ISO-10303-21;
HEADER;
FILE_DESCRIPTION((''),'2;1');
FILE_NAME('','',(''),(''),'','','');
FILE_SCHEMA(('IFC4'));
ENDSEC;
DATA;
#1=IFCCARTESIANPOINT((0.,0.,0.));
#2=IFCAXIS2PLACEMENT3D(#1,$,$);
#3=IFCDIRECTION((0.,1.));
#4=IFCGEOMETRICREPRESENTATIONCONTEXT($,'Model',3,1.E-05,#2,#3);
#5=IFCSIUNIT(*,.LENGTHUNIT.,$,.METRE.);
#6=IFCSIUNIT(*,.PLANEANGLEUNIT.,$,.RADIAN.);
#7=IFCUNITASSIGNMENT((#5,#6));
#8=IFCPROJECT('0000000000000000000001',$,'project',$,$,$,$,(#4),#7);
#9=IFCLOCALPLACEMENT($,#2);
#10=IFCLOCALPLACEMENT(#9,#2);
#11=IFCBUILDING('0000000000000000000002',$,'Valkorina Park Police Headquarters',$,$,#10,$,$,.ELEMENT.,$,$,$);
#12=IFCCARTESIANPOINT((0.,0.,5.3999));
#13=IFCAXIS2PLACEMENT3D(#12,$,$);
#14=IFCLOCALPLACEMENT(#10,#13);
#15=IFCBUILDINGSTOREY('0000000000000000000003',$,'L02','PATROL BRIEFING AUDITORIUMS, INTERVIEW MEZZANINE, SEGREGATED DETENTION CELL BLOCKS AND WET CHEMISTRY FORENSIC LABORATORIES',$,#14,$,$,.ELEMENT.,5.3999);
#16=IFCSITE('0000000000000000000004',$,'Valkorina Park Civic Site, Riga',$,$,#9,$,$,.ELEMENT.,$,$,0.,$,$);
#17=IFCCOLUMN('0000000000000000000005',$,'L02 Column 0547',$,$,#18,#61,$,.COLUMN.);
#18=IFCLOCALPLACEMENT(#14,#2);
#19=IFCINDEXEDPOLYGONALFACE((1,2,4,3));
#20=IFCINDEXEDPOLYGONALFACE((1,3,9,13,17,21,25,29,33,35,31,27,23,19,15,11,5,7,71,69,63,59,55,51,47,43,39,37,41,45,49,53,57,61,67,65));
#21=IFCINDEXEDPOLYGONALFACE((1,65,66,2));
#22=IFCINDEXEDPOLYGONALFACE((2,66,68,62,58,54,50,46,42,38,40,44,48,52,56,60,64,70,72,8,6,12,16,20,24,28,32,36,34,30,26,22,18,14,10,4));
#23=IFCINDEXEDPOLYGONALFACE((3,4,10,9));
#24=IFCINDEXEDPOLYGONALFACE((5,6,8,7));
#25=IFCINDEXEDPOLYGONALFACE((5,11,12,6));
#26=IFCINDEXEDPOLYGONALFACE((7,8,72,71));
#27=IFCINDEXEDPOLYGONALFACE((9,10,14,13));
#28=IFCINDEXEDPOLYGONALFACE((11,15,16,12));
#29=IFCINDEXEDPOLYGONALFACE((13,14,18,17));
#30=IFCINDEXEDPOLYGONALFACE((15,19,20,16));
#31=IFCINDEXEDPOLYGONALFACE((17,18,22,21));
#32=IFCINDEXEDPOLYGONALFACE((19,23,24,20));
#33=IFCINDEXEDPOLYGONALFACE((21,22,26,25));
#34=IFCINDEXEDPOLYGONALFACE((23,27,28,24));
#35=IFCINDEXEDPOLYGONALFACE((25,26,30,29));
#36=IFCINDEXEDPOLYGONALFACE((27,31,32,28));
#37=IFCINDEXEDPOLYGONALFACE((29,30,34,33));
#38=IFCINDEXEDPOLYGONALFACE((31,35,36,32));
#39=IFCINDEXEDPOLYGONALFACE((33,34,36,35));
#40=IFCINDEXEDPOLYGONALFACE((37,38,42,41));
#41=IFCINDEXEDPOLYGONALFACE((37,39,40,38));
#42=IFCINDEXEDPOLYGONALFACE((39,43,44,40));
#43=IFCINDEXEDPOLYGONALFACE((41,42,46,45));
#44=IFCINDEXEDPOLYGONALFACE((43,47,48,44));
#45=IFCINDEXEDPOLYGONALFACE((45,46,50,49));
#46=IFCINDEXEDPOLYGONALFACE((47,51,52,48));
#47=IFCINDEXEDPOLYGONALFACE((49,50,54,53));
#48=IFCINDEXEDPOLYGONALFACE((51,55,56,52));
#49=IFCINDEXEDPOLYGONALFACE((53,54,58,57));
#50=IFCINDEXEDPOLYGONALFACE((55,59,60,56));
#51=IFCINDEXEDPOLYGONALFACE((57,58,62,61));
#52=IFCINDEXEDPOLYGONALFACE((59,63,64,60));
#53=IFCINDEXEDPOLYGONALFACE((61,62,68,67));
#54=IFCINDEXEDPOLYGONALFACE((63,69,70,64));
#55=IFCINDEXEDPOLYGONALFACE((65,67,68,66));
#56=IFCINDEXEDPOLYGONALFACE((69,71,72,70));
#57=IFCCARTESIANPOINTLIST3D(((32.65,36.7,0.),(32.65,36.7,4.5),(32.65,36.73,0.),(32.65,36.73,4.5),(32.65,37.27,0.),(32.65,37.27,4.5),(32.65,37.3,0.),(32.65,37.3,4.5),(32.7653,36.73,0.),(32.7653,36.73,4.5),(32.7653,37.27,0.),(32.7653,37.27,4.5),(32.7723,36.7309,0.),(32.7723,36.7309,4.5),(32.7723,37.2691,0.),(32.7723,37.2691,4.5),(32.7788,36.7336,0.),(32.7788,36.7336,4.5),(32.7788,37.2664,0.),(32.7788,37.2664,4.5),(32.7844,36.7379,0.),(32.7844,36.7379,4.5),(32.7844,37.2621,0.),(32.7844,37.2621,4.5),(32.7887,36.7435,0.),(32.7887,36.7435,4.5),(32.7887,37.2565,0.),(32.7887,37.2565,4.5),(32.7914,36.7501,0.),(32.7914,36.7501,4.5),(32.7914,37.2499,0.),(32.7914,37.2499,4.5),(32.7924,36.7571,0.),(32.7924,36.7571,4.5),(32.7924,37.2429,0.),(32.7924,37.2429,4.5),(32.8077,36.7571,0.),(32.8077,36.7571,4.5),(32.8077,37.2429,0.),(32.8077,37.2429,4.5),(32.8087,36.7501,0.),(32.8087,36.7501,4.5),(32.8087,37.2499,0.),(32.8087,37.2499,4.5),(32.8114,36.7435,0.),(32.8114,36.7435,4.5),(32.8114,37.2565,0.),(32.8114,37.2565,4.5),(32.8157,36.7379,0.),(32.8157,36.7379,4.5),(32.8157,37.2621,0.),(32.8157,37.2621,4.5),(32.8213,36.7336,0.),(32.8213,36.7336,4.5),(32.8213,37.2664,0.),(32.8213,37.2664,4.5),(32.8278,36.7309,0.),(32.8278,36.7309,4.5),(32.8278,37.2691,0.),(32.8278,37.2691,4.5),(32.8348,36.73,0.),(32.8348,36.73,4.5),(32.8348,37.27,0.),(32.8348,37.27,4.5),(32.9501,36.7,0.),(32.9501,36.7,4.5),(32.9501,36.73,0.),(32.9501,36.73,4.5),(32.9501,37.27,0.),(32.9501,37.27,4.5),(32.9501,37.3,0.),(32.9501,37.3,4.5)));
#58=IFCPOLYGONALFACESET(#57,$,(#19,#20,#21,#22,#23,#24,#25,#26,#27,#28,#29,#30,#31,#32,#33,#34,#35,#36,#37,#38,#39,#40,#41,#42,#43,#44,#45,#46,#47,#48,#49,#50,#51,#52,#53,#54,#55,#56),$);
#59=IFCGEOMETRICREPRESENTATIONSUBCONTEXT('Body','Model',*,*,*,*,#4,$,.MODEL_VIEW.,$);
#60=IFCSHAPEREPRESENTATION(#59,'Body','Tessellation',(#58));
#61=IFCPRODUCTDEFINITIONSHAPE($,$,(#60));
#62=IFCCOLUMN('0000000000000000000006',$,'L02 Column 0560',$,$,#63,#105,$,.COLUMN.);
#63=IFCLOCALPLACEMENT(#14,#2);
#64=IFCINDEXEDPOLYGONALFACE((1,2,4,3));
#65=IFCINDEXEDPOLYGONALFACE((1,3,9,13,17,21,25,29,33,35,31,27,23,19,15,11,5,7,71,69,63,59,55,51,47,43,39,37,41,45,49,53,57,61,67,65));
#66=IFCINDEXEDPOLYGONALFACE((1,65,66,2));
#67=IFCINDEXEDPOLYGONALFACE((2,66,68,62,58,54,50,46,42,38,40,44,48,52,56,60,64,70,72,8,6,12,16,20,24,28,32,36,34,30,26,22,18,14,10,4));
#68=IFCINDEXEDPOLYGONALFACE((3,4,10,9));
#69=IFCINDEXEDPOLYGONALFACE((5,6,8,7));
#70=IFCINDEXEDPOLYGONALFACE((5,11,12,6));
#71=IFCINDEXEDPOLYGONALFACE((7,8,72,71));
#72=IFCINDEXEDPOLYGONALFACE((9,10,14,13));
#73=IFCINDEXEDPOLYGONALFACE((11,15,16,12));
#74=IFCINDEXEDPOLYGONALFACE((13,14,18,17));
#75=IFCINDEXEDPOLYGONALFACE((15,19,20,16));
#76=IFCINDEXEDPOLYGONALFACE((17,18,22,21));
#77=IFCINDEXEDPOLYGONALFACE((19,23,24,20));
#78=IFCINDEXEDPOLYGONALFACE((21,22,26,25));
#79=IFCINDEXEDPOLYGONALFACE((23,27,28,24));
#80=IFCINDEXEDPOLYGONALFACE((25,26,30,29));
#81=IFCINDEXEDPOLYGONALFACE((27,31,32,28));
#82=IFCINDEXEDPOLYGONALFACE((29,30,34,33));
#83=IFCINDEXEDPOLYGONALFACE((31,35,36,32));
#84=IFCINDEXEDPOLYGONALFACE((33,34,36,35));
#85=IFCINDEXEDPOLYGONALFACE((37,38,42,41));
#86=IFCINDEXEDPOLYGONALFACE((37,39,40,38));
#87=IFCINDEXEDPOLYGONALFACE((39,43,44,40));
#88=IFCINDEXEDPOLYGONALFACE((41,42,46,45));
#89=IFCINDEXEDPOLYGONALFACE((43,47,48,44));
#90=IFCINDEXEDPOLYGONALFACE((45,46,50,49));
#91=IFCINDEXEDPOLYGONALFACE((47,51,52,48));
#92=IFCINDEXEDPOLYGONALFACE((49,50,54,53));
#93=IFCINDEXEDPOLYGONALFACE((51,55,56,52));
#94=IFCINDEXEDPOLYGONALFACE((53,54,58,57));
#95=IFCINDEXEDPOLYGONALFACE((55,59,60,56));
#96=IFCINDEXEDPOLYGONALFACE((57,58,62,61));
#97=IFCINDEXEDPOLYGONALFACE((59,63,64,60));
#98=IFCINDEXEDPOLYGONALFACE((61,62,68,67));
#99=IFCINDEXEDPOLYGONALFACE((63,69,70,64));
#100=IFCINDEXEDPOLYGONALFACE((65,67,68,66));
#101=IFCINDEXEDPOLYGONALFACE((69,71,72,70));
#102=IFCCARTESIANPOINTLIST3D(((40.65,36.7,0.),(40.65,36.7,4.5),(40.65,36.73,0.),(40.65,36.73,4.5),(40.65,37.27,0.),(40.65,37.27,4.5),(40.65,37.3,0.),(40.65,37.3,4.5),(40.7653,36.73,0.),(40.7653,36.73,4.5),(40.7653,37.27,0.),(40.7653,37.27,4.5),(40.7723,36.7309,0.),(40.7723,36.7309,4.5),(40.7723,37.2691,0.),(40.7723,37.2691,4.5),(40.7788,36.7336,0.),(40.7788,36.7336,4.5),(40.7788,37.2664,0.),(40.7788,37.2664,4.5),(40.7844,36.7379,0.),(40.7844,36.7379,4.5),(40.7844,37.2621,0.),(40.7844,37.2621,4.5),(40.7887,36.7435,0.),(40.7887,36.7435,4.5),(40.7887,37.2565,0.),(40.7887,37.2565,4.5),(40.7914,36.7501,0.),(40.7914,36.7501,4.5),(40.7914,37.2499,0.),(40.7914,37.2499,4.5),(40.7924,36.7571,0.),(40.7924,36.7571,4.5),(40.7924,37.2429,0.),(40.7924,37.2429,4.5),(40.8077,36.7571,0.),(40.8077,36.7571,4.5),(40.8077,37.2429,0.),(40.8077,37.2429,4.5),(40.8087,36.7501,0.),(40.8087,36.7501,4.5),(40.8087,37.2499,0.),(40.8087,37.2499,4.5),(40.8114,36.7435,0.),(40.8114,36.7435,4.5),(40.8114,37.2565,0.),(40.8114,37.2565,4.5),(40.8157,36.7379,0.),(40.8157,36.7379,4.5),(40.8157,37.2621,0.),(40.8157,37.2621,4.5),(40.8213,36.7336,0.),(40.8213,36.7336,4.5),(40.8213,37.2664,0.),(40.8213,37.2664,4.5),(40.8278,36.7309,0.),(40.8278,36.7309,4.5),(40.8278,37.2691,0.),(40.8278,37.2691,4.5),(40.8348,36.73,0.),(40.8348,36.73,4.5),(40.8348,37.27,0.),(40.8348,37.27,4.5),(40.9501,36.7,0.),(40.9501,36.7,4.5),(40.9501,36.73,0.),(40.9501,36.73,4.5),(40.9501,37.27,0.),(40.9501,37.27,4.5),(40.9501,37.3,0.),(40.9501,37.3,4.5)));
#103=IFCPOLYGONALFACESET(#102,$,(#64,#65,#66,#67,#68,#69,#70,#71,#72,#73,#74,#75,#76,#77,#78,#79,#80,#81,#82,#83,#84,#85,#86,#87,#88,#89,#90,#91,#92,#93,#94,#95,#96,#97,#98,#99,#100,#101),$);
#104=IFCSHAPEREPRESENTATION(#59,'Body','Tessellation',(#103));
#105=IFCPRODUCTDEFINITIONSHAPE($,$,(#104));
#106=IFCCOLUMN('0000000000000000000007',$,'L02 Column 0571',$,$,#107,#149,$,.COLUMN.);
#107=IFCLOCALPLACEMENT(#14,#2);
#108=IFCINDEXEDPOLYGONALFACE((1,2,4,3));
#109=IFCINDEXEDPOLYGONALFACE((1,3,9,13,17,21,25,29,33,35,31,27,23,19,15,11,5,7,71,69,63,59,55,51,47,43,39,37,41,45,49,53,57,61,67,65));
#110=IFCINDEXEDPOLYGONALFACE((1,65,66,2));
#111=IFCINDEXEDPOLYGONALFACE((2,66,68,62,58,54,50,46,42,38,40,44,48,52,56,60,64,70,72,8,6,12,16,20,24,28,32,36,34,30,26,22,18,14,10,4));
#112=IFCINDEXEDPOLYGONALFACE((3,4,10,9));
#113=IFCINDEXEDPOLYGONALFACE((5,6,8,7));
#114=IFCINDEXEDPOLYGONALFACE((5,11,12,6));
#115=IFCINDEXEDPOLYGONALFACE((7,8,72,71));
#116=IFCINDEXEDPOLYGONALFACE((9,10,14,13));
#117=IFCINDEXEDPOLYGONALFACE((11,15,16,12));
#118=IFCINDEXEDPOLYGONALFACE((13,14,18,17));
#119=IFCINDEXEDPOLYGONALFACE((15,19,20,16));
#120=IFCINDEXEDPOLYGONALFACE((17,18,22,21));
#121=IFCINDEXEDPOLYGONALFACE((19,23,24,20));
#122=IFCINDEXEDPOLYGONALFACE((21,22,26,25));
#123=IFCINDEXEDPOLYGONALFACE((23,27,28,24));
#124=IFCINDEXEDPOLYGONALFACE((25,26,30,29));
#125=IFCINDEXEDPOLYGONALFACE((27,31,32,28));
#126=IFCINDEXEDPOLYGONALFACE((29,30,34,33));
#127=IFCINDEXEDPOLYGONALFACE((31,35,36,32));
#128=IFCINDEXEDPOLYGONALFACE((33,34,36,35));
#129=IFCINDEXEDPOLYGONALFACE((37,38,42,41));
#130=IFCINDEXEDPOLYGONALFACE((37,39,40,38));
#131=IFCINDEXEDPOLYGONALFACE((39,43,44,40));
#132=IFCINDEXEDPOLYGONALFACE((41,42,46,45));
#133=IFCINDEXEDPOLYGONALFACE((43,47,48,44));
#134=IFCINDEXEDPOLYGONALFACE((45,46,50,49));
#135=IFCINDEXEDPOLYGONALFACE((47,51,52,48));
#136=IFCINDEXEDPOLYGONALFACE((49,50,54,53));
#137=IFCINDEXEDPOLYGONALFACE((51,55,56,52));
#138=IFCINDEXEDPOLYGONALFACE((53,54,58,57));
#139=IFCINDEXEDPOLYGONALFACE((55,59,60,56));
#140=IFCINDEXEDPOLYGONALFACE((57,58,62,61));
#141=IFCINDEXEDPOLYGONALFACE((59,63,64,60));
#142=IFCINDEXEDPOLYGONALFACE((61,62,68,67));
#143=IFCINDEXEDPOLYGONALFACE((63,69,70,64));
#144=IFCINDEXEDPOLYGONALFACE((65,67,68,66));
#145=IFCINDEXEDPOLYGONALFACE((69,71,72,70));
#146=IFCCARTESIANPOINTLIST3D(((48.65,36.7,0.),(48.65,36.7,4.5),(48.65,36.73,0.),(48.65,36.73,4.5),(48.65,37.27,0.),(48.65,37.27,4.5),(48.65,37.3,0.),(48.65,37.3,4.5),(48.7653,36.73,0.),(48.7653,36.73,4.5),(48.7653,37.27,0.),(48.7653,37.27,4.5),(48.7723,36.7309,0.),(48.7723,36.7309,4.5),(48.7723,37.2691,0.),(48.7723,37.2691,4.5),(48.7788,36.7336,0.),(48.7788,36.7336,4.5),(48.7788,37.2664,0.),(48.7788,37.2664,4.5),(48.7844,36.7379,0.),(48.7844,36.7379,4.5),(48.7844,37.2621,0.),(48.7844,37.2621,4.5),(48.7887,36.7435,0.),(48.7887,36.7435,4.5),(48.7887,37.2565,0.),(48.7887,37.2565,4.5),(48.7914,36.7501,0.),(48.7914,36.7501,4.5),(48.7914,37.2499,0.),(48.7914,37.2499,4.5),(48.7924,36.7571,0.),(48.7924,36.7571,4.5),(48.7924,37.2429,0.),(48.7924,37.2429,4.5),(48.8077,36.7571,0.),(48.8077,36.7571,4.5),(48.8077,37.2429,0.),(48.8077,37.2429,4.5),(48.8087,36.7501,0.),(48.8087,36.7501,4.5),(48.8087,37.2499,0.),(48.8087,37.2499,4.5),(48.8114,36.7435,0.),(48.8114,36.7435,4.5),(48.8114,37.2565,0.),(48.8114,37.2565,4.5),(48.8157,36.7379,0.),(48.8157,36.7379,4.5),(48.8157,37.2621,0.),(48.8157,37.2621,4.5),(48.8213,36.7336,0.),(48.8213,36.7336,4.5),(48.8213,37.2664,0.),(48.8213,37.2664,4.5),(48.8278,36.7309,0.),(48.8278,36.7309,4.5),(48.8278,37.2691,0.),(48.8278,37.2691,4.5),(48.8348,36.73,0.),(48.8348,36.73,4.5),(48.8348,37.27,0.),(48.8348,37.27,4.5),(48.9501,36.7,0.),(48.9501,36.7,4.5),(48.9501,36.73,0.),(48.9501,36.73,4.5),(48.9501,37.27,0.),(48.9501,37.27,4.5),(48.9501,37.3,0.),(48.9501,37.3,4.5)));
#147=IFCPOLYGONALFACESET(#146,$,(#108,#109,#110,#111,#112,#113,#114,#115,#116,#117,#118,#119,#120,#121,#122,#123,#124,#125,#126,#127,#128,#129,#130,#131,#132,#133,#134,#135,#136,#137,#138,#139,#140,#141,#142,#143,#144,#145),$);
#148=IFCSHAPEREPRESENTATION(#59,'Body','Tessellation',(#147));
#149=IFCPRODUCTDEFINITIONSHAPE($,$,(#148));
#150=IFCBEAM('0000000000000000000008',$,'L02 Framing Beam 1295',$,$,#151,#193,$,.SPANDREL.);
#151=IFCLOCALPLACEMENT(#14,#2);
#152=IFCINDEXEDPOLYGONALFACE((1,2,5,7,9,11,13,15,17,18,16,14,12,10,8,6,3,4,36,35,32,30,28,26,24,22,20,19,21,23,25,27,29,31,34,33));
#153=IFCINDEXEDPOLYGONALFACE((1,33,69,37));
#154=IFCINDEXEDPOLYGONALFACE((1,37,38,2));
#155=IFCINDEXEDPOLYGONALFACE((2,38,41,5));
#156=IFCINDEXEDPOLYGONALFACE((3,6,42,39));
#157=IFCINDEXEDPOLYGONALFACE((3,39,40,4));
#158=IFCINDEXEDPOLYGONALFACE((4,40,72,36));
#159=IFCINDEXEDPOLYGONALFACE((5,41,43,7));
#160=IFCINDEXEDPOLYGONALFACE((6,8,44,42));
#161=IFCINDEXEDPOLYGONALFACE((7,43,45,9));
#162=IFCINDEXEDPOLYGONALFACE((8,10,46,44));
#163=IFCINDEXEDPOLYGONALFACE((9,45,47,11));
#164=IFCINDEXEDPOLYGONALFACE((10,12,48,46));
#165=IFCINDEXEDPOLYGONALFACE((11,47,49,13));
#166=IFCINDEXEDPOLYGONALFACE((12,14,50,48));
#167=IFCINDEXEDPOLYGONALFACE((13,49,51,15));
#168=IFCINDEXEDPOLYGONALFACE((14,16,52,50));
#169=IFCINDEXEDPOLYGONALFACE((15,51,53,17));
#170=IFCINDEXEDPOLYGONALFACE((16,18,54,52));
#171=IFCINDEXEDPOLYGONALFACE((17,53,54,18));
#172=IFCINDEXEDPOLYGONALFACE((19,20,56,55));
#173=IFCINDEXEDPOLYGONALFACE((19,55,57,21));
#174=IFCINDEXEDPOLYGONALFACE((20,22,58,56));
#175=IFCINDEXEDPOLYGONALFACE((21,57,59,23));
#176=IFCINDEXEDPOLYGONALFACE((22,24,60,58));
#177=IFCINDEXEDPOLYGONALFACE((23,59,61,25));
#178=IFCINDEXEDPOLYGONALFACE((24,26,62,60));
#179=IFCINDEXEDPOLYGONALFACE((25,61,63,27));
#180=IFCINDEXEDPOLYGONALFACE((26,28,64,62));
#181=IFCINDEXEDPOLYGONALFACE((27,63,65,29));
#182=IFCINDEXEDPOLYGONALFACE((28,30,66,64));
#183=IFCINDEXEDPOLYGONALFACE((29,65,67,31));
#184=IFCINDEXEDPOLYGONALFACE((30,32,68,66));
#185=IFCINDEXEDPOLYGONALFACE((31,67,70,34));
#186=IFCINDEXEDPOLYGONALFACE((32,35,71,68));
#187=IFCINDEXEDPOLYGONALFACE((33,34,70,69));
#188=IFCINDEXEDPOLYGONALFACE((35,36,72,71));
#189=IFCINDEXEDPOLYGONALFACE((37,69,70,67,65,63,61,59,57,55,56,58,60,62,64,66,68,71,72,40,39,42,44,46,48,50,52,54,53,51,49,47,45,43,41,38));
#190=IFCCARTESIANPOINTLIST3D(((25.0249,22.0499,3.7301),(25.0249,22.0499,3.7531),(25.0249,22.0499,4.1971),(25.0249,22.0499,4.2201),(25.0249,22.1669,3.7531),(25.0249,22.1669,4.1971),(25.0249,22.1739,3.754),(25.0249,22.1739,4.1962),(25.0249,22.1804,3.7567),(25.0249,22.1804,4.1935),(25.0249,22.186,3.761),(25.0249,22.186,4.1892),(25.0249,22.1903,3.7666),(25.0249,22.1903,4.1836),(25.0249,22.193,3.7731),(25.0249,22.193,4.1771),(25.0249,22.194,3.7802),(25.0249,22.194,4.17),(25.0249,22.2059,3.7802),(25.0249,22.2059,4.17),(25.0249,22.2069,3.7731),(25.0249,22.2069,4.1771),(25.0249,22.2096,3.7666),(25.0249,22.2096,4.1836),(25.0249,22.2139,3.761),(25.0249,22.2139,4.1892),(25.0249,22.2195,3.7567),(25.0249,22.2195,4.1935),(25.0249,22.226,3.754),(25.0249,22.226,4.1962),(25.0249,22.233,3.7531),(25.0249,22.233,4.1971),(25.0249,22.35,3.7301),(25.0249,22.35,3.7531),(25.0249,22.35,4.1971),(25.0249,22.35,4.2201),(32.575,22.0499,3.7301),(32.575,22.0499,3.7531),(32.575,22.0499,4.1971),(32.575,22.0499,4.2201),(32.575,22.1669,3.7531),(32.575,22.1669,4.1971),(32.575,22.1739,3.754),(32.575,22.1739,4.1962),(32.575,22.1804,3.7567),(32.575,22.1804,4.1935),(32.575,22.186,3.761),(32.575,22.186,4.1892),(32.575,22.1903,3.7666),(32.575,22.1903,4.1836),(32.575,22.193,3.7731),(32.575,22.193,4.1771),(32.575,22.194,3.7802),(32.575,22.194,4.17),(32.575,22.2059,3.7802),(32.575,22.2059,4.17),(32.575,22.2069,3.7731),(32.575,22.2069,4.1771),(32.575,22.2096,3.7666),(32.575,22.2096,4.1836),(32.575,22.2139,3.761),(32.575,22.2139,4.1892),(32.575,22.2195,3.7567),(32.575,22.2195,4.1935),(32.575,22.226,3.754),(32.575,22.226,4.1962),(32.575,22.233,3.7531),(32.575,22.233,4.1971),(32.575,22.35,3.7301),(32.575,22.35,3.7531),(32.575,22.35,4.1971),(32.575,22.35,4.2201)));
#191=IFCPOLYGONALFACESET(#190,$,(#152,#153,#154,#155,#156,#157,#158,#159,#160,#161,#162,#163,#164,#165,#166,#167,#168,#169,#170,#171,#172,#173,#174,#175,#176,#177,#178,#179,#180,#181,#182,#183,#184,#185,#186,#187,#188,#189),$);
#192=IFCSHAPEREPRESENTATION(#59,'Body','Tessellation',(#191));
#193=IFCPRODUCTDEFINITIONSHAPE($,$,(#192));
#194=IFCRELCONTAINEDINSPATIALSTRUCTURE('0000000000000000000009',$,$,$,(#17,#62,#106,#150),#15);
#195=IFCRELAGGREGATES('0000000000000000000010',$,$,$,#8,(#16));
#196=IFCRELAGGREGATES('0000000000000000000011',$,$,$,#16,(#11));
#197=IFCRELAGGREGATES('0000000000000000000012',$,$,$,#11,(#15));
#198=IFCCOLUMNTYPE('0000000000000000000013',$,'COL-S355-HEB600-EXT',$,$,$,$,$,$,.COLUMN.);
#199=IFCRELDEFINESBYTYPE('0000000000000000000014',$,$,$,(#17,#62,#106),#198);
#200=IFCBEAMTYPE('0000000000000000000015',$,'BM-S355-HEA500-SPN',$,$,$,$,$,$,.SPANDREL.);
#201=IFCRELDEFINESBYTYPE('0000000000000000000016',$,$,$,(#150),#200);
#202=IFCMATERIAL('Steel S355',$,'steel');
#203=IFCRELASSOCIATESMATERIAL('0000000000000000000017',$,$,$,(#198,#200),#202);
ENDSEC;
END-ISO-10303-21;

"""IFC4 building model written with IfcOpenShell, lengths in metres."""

from ifc_helpers import new_model, si_unit, direction, frame, origin, origin_2d, place, context, subcontext, project, spatial, i_section, extrude, material, material_profile, profile_set, type_object, element, save


model = new_model("IFC4")

# Units and contexts
model_context = context("Model", 3, precision=1e-05, world=origin(), true_north=direction((0.0, 1.0)))
body_context = subcontext(model_context, "Body", "Model", "MODEL_VIEW")
ifc_project = project(units=[si_unit("LENGTHUNIT", "METRE"), si_unit("PLANEANGLEUNIT", "RADIAN")], contexts=[model_context])

# Site, building, storey
site_placement = place(None, origin())
site = spatial("IfcSite", under=ifc_project, at=site_placement, Name="Valkorina Park Civic Site, Riga", CompositionType="ELEMENT", RefElevation=0.0)
building_placement = place(site_placement, origin())
building = spatial("IfcBuilding", under=site, at=building_placement, Name="Valkorina Park Police Headquarters", CompositionType="ELEMENT")
storey_placement = place(building_placement, frame((0.0, 0.0, 5.3999)))
storey = spatial("IfcBuildingStorey", under=building, at=storey_placement, Name="L02", Description="PATROL BRIEFING AUDITORIUMS, INTERVIEW MEZZANINE, SEGREGATED DETENTION CELL BLOCKS AND WET CHEMISTRY FORENSIC LABORATORIES", CompositionType="ELEMENT", Elevation=5.3999)

# Columns
ifc_material_1 = material(Name="Steel S355", Category="steel")
ifc_material_profile_1 = material_profile(ifc_material_1, i_section(OverallWidth=0.3, OverallDepth=0.6001, WebThickness=0.0154, FlangeThickness=0.03, FilletRadius=0.0271, at=origin_2d()), Name="HEB 600")
ifc_profile_set_1 = profile_set([ifc_material_profile_1], Name="Steel S355")
column_type_1 = type_object("IfcColumnType", Name="COL-S355-HEB600-EXT", PredefinedType="COLUMN", material=ifc_profile_set_1)
for number, where, z_axis, x_axis, name in (
    (1, (32.8, 37.0, 0.0), (0.0, 0.0, 1.0), (1.0, 0.0, 0.0), "L02 Column 0547"),
    (2, (40.8, 37.0, 0.0), (0.0, 0.0, 1.0), (1.0, 0.0, 0.0), "L02 Column 0560"),
    (3, (48.8, 37.0, 0.0), (0.0, 0.0, 1.0), (1.0, 0.0, 0.0), "L02 Column 0571"),
):
    element("IfcColumn", number, at=place(storey_placement, frame(where, z_axis=z_axis, x_axis=x_axis)), inside=storey, type_object=column_type_1, Name=name, PredefinedType="COLUMN", context=body_context, shape_type="SweptSolid", body=[
        extrude(i_section(OverallWidth=0.3, OverallDepth=0.6001, WebThickness=0.0154, FlangeThickness=0.03, FilletRadius=0.0271, at=origin_2d()), origin(), (0.0, 0.0, 1.0), 4.5),
    ])

# Beam
ifc_material_profile_2 = material_profile(ifc_material_1, i_section(OverallWidth=0.3, OverallDepth=0.49, WebThickness=0.012, FlangeThickness=0.0229, FilletRadius=0.0271, at=origin_2d()), Name="HEA 500")
ifc_profile_set_2 = profile_set([ifc_material_profile_2], Name="Steel S355")
beam_type = type_object("IfcBeamType", Name="BM-S355-HEA500-SPN", PredefinedType="SPANDREL", material=ifc_profile_set_2)
for number, where, z_axis, x_axis, name in (
    (4, (25.0249, 22.2, 3.9751), (1.0, 0.0, 0.0), (0.0, 1.0, 0.0), "L02 Framing Beam 1295"),
):
    element("IfcBeam", number, at=place(storey_placement, frame(where, z_axis=z_axis, x_axis=x_axis)), inside=storey, type_object=beam_type, Name=name, PredefinedType="SPANDREL", context=body_context, shape_type="SweptSolid", body=[
        extrude(i_section(OverallWidth=0.3, OverallDepth=0.49, WebThickness=0.012, FlangeThickness=0.0229, FilletRadius=0.0271, at=origin_2d()), origin(), (0.0, 0.0, 1.0), 7.55),
    ])

save(model, "model.ifc")
